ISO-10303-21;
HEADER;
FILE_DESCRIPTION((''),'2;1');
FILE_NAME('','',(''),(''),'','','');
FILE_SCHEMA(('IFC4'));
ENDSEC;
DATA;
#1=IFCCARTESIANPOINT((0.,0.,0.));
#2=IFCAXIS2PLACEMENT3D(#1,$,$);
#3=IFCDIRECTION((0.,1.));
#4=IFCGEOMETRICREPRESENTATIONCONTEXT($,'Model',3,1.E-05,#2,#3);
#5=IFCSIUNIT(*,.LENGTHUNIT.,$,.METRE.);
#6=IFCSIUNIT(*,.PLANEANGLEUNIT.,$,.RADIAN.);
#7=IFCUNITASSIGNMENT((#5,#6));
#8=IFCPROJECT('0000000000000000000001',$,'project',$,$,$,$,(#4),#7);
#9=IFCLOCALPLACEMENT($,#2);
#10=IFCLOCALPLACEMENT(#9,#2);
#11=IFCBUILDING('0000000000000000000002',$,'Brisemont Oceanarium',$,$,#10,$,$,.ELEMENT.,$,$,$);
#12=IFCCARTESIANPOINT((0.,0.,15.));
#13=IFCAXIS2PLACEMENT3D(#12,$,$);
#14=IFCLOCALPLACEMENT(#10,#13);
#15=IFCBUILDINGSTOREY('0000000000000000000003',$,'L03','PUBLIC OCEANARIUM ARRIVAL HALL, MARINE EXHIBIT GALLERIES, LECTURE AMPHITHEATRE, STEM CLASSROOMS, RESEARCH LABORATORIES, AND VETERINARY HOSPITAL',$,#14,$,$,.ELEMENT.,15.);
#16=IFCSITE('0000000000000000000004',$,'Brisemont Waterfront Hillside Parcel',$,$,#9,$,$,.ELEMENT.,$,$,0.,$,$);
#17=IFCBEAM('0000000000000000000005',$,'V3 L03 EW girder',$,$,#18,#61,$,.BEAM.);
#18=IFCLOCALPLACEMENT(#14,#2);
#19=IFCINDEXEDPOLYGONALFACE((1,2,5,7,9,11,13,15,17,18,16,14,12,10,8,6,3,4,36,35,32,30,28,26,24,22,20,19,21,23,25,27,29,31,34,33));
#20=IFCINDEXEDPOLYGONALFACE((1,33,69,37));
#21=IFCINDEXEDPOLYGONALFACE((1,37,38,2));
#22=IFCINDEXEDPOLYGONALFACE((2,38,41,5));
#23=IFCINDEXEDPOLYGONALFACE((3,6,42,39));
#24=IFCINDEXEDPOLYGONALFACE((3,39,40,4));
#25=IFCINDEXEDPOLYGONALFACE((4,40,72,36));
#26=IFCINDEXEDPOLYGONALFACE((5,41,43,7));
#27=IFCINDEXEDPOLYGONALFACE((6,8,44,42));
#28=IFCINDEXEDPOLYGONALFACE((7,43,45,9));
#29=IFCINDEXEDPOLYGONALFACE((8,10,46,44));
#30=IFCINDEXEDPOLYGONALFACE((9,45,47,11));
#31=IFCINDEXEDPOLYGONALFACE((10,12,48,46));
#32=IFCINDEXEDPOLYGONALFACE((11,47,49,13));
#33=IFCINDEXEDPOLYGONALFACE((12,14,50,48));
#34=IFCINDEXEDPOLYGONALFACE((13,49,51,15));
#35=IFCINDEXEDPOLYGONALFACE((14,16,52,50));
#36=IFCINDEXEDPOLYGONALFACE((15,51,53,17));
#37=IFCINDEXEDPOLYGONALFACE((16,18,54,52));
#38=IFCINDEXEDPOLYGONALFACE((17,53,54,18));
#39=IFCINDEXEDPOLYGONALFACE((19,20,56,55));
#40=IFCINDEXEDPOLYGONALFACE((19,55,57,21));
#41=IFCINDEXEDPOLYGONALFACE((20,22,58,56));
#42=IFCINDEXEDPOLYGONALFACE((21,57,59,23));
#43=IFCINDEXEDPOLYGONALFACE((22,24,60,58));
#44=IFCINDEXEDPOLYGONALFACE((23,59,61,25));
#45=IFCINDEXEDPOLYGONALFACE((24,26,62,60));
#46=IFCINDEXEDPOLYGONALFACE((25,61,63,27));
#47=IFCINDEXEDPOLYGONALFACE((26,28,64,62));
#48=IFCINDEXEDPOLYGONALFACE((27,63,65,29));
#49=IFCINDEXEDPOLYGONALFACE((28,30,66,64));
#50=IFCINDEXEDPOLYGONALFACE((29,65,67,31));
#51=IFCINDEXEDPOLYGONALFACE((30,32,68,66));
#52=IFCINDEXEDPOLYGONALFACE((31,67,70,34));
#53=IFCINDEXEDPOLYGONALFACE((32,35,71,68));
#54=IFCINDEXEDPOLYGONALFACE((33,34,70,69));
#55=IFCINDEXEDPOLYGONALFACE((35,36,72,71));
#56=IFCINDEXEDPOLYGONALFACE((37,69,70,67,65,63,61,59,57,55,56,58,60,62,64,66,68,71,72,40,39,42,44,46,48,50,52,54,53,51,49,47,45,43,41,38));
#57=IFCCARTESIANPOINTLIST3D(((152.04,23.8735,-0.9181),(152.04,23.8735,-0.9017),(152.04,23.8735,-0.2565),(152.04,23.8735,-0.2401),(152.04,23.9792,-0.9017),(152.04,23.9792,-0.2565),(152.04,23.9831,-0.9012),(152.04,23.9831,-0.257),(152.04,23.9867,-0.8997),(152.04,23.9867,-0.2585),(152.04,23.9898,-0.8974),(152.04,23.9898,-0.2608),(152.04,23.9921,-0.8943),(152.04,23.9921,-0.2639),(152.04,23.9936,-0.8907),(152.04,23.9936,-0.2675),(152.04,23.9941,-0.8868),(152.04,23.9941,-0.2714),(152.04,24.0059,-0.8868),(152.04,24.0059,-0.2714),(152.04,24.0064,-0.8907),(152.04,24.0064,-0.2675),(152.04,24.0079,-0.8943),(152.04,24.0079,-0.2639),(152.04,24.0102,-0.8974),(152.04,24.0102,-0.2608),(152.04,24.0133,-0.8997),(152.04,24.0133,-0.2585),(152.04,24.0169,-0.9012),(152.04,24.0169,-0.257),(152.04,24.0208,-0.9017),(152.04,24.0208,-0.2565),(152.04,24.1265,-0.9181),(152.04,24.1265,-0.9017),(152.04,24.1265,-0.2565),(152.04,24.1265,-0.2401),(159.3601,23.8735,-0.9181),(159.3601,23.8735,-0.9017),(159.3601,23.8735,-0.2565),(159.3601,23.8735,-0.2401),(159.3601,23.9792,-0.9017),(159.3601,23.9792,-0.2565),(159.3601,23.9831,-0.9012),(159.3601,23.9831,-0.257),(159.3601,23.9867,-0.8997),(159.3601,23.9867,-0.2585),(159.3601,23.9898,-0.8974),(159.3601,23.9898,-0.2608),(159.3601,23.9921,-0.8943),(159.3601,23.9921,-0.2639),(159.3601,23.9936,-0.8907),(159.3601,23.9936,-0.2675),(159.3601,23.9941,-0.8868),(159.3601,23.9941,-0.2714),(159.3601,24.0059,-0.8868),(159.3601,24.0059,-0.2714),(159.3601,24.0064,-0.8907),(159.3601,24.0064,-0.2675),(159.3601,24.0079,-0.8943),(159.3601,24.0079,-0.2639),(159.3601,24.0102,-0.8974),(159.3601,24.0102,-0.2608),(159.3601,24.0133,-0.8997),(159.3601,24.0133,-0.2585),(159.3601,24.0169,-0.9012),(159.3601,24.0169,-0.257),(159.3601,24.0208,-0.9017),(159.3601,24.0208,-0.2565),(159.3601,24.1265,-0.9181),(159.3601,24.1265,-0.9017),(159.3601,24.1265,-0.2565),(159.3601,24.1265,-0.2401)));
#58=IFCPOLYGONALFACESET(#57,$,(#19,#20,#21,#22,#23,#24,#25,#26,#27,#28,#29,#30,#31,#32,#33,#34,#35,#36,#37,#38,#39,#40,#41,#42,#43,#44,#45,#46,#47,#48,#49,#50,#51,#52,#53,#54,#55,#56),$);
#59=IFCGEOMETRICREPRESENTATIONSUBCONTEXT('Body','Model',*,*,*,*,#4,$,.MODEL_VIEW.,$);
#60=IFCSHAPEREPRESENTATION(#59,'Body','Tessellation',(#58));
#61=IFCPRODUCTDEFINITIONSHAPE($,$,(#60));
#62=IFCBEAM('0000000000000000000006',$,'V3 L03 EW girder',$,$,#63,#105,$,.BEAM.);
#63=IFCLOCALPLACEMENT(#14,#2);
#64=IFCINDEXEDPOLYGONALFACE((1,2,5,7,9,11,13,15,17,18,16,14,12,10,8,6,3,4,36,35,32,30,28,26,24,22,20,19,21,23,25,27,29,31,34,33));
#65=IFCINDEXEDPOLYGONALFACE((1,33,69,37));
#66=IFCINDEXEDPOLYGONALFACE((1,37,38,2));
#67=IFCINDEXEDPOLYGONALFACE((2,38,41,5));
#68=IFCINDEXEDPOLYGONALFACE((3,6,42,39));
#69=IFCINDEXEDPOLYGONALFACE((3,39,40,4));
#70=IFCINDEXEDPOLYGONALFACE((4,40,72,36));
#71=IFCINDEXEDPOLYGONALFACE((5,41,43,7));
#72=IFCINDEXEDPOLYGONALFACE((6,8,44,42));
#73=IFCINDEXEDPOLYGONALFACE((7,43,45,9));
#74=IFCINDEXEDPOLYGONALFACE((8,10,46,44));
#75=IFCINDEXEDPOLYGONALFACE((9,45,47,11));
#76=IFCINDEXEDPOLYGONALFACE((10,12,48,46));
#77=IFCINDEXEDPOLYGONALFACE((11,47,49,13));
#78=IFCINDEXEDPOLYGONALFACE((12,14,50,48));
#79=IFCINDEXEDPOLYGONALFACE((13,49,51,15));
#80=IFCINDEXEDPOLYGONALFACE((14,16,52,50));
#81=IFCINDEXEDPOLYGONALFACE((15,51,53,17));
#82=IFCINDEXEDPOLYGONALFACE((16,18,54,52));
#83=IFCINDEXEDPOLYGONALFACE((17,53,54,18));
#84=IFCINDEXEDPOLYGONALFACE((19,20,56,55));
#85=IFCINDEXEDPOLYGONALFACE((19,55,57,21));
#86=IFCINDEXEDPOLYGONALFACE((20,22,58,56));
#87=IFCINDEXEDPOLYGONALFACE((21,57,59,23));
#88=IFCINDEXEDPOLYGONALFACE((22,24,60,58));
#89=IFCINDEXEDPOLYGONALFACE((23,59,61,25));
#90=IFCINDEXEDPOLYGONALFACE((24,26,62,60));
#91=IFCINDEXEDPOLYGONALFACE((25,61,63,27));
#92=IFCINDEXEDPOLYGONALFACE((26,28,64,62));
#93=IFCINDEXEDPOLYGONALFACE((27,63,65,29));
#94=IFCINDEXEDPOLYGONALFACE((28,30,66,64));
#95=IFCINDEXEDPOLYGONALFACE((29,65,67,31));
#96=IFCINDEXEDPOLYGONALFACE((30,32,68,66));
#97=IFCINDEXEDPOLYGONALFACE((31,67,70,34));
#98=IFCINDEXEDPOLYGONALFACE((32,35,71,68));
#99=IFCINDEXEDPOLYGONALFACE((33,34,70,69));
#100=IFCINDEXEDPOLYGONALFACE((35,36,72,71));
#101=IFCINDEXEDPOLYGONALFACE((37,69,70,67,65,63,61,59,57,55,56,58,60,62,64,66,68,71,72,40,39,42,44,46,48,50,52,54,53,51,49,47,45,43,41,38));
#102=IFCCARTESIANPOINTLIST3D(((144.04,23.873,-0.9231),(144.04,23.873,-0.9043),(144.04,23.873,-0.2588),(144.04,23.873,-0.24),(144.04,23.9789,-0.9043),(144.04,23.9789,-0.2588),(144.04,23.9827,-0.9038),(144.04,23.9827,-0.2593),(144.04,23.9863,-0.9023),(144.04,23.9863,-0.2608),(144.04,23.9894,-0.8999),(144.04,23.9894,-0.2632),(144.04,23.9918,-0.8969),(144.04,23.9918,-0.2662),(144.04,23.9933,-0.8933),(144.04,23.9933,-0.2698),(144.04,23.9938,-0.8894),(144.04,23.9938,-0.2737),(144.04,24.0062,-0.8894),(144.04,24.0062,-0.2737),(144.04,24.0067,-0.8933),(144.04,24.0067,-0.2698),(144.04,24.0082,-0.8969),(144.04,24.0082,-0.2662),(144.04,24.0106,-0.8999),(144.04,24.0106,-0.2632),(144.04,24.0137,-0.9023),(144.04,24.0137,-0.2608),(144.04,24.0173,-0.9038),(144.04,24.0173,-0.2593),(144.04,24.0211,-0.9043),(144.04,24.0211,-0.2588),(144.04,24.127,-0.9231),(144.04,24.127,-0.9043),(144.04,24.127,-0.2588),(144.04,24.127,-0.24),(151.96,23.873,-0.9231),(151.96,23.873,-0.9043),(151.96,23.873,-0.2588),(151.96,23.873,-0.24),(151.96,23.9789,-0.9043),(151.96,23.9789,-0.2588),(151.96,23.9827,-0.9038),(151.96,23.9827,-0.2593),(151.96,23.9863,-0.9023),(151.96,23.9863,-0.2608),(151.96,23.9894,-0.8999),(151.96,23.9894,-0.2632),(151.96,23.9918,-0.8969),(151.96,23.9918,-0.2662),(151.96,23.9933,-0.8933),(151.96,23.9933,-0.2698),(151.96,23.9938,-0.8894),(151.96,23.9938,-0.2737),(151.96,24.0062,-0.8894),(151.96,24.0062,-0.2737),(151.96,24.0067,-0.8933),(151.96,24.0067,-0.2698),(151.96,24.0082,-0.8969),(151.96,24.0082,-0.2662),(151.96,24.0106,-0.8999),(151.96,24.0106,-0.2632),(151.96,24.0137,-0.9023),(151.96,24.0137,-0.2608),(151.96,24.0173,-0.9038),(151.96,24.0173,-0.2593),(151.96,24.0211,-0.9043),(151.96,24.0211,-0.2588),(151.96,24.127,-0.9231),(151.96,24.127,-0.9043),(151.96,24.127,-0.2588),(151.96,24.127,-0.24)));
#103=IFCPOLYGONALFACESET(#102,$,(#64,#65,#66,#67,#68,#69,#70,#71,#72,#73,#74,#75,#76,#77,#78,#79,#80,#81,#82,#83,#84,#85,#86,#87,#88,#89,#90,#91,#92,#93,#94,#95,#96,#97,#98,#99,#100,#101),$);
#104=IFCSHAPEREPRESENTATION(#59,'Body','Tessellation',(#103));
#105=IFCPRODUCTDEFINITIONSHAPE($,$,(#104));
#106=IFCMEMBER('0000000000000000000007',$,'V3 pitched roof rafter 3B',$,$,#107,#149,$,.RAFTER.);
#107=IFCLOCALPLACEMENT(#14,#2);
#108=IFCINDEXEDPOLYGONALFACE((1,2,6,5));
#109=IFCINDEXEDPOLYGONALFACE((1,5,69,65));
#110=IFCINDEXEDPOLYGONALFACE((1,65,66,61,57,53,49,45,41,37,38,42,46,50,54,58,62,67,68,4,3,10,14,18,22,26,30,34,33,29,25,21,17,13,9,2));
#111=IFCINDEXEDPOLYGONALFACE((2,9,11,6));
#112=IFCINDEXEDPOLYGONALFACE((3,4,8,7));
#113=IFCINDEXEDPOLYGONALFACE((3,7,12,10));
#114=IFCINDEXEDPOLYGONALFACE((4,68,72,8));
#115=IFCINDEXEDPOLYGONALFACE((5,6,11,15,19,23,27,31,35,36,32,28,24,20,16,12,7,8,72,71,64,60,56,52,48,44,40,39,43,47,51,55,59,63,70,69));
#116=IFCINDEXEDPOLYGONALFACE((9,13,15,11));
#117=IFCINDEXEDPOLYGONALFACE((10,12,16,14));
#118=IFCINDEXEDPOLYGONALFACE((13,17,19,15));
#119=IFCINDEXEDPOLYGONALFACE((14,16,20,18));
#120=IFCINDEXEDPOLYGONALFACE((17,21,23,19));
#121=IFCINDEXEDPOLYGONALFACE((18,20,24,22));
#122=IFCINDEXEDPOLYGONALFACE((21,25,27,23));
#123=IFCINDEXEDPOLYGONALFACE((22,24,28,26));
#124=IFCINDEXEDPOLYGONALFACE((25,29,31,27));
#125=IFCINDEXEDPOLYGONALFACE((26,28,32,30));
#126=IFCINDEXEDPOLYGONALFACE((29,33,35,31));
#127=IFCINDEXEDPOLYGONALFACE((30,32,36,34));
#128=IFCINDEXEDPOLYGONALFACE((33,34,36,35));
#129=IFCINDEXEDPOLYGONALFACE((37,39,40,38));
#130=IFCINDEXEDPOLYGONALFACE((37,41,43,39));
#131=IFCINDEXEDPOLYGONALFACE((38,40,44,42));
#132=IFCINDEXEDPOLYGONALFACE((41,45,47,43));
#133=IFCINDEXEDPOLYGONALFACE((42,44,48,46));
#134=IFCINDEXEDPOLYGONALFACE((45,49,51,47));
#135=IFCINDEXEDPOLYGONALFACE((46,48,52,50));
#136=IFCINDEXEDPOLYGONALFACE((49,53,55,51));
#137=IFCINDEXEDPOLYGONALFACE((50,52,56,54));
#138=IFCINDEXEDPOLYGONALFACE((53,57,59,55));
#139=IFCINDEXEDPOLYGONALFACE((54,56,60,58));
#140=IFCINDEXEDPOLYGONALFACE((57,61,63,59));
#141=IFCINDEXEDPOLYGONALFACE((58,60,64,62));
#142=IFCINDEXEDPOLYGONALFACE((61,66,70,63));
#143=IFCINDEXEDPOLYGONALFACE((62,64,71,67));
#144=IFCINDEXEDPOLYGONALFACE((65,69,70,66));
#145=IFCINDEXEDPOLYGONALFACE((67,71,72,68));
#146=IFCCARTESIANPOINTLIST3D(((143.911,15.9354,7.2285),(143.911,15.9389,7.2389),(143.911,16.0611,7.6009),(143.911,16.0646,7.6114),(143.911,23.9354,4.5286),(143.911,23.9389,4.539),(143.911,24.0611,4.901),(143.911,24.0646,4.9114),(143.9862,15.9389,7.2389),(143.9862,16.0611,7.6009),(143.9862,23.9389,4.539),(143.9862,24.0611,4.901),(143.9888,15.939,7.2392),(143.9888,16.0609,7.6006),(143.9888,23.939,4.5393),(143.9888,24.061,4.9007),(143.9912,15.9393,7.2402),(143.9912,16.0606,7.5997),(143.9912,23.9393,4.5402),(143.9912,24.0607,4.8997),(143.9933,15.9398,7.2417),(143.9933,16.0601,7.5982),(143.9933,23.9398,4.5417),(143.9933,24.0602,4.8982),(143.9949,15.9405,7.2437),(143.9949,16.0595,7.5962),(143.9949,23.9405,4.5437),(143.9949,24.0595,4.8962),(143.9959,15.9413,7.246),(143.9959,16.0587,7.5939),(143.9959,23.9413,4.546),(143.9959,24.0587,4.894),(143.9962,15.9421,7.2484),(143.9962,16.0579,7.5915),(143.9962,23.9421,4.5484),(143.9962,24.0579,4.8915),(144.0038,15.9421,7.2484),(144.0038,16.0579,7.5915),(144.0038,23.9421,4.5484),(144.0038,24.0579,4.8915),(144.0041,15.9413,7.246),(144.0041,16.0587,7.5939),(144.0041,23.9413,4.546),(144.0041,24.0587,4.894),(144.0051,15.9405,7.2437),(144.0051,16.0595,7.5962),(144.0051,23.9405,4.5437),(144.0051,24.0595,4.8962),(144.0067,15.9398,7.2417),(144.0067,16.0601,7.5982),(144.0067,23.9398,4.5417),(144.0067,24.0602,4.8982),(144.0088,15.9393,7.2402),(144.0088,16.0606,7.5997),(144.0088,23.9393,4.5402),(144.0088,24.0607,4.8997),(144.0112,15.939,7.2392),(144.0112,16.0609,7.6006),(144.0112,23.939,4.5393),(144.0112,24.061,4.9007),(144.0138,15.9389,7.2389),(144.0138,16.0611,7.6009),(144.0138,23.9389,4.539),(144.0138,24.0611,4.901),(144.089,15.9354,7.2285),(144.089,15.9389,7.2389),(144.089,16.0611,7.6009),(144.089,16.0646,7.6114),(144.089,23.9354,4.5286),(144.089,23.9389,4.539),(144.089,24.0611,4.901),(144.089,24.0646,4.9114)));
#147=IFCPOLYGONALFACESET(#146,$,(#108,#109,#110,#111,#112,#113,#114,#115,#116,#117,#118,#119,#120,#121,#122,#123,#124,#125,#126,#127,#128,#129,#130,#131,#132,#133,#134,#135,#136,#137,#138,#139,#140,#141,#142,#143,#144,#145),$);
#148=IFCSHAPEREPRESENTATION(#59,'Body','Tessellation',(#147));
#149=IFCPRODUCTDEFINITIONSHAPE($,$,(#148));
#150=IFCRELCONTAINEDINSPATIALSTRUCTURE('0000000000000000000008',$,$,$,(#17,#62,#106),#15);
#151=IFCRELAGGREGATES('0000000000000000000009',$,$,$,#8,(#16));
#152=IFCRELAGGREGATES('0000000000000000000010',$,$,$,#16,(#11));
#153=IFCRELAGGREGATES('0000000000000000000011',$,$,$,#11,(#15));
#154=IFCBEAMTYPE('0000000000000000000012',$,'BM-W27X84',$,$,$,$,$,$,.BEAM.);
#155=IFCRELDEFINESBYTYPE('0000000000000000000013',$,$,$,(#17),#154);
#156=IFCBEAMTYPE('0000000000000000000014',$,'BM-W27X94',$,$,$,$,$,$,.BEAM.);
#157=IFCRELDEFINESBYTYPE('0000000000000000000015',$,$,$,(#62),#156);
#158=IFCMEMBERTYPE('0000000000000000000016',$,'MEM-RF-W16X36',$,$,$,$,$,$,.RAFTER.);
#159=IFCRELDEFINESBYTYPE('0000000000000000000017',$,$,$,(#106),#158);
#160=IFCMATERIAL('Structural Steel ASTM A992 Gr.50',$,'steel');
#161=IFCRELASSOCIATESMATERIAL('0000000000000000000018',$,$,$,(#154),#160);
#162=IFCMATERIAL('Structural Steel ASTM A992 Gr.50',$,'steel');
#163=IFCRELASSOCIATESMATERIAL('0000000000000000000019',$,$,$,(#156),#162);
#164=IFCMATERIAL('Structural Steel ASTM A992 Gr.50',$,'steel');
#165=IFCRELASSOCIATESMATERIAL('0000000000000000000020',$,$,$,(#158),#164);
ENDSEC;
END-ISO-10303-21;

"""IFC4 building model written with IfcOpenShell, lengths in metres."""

from ifc_helpers import new_model, si_unit, direction, frame, origin, origin_2d, place, context, subcontext, project, spatial, i_section, extrude, material, material_profile, profile_set, type_object, element, save


model = new_model("IFC4")

# Units and contexts
model_context = context("Model", 3, precision=1e-05, world=origin(), true_north=direction((0.0, 1.0)))
body_context = subcontext(model_context, "Body", "Model", "MODEL_VIEW")
ifc_project = project(units=[si_unit("LENGTHUNIT", "METRE"), si_unit("PLANEANGLEUNIT", "RADIAN")], contexts=[model_context])

# Site, building, storey
site_placement = place(None, origin())
site = spatial("IfcSite", under=ifc_project, at=site_placement, Name="Brisemont Waterfront Hillside Parcel", CompositionType="ELEMENT", RefElevation=0.0)
building_placement = place(site_placement, origin())
building = spatial("IfcBuilding", under=site, at=building_placement, Name="Brisemont Oceanarium", CompositionType="ELEMENT")
storey_placement = place(building_placement, frame((0.0, 0.0, 15.0)))
storey = spatial("IfcBuildingStorey", under=building, at=storey_placement, Name="L03", Description="PUBLIC OCEANARIUM ARRIVAL HALL, MARINE EXHIBIT GALLERIES, LECTURE AMPHITHEATRE, STEM CLASSROOMS, RESEARCH LABORATORIES, AND VETERINARY HOSPITAL", CompositionType="ELEMENT", Elevation=15.0)

# Beams
ifc_material_1 = material(Name="Structural Steel ASTM A992 Gr.50", Category="steel")
ifc_material_profile_1 = material_profile(ifc_material_1, i_section(OverallWidth=0.2529, OverallDepth=0.678, WebThickness=0.0117, FlangeThickness=0.0164, FilletRadius=0.0149, at=origin_2d()), Name="W27X84")
ifc_profile_set_1 = profile_set([ifc_material_profile_1], Name="Structural Steel ASTM A992 Gr.50")
beam_type_1 = type_object("IfcBeamType", Name="BM-W27X84", PredefinedType="BEAM", material=ifc_profile_set_1)
beam_1_placement = place(storey_placement, frame((152.04, 24.0, -0.5791), z_axis=(1.0, 0.0, 0.0), x_axis=(0.0, 1.0, 0.0)))
element("IfcBeam", 1, at=beam_1_placement, inside=storey, type_object=beam_type_1, Name="V3 L03 EW girder", PredefinedType="BEAM", context=body_context, shape_type="SweptSolid", body=[
    extrude(i_section(OverallWidth=0.2529, OverallDepth=0.678, WebThickness=0.0117, FlangeThickness=0.0164, FilletRadius=0.0149, at=origin_2d()), origin(), (0.0, 0.0, 1.0), 7.3201),
])
ifc_material_2 = material(Name="Structural Steel ASTM A992 Gr.50", Category="steel")
ifc_material_profile_2 = material_profile(ifc_material_2, i_section(OverallWidth=0.2539, OverallDepth=0.6831, WebThickness=0.0125, FlangeThickness=0.0188, FilletRadius=0.0149, at=origin_2d()), Name="W27X94")
ifc_profile_set_2 = profile_set([ifc_material_profile_2], Name="Structural Steel ASTM A992 Gr.50")
beam_type_2 = type_object("IfcBeamType", Name="BM-W27X94", PredefinedType="BEAM", material=ifc_profile_set_2)
beam_2_placement = place(storey_placement, frame((144.04, 24.0, -0.5815), z_axis=(1.0, 0.0, 0.0), x_axis=(0.0, 1.0, 0.0)))
element("IfcBeam", 2, at=beam_2_placement, inside=storey, type_object=beam_type_2, Name="V3 L03 EW girder", PredefinedType="BEAM", context=body_context, shape_type="SweptSolid", body=[
    extrude(i_section(OverallWidth=0.2539, OverallDepth=0.6831, WebThickness=0.0125, FlangeThickness=0.0188, FilletRadius=0.0149, at=origin_2d()), origin(), (0.0, 0.0, 1.0), 7.9199),
])

# Member
ifc_material_3 = material(Name="Structural Steel ASTM A992 Gr.50", Category="steel")
ifc_material_profile_3 = material_profile(ifc_material_3, i_section(OverallWidth=0.178, OverallDepth=0.4041, WebThickness=0.0076, FlangeThickness=0.011, FilletRadius=0.01, at=origin_2d()), Name="W16X36")
ifc_profile_set_3 = profile_set([ifc_material_profile_3], Name="Structural Steel ASTM A992 Gr.50")
member_type = type_object("IfcMemberType", Name="MEM-RF-W16X36", PredefinedType="RAFTER", material=ifc_profile_set_3)
member_placement = place(storey_placement, frame((144.0, 24.0, 4.72), z_axis=(0.0, -0.947494, 0.319773), x_axis=(1.0, 0.0, 0.0)))
element("IfcMember", 3, at=member_placement, inside=storey, type_object=member_type, Name="V3 pitched roof rafter 3B", PredefinedType="RAFTER", context=body_context, shape_type="SweptSolid", body=[
    extrude(i_section(OverallWidth=0.178, OverallDepth=0.4041, WebThickness=0.0076, FlangeThickness=0.011, FilletRadius=0.01, at=origin_2d()), origin(), (0.0, 0.0, 1.0), 8.4434),
])

save(model, "model.ifc")
